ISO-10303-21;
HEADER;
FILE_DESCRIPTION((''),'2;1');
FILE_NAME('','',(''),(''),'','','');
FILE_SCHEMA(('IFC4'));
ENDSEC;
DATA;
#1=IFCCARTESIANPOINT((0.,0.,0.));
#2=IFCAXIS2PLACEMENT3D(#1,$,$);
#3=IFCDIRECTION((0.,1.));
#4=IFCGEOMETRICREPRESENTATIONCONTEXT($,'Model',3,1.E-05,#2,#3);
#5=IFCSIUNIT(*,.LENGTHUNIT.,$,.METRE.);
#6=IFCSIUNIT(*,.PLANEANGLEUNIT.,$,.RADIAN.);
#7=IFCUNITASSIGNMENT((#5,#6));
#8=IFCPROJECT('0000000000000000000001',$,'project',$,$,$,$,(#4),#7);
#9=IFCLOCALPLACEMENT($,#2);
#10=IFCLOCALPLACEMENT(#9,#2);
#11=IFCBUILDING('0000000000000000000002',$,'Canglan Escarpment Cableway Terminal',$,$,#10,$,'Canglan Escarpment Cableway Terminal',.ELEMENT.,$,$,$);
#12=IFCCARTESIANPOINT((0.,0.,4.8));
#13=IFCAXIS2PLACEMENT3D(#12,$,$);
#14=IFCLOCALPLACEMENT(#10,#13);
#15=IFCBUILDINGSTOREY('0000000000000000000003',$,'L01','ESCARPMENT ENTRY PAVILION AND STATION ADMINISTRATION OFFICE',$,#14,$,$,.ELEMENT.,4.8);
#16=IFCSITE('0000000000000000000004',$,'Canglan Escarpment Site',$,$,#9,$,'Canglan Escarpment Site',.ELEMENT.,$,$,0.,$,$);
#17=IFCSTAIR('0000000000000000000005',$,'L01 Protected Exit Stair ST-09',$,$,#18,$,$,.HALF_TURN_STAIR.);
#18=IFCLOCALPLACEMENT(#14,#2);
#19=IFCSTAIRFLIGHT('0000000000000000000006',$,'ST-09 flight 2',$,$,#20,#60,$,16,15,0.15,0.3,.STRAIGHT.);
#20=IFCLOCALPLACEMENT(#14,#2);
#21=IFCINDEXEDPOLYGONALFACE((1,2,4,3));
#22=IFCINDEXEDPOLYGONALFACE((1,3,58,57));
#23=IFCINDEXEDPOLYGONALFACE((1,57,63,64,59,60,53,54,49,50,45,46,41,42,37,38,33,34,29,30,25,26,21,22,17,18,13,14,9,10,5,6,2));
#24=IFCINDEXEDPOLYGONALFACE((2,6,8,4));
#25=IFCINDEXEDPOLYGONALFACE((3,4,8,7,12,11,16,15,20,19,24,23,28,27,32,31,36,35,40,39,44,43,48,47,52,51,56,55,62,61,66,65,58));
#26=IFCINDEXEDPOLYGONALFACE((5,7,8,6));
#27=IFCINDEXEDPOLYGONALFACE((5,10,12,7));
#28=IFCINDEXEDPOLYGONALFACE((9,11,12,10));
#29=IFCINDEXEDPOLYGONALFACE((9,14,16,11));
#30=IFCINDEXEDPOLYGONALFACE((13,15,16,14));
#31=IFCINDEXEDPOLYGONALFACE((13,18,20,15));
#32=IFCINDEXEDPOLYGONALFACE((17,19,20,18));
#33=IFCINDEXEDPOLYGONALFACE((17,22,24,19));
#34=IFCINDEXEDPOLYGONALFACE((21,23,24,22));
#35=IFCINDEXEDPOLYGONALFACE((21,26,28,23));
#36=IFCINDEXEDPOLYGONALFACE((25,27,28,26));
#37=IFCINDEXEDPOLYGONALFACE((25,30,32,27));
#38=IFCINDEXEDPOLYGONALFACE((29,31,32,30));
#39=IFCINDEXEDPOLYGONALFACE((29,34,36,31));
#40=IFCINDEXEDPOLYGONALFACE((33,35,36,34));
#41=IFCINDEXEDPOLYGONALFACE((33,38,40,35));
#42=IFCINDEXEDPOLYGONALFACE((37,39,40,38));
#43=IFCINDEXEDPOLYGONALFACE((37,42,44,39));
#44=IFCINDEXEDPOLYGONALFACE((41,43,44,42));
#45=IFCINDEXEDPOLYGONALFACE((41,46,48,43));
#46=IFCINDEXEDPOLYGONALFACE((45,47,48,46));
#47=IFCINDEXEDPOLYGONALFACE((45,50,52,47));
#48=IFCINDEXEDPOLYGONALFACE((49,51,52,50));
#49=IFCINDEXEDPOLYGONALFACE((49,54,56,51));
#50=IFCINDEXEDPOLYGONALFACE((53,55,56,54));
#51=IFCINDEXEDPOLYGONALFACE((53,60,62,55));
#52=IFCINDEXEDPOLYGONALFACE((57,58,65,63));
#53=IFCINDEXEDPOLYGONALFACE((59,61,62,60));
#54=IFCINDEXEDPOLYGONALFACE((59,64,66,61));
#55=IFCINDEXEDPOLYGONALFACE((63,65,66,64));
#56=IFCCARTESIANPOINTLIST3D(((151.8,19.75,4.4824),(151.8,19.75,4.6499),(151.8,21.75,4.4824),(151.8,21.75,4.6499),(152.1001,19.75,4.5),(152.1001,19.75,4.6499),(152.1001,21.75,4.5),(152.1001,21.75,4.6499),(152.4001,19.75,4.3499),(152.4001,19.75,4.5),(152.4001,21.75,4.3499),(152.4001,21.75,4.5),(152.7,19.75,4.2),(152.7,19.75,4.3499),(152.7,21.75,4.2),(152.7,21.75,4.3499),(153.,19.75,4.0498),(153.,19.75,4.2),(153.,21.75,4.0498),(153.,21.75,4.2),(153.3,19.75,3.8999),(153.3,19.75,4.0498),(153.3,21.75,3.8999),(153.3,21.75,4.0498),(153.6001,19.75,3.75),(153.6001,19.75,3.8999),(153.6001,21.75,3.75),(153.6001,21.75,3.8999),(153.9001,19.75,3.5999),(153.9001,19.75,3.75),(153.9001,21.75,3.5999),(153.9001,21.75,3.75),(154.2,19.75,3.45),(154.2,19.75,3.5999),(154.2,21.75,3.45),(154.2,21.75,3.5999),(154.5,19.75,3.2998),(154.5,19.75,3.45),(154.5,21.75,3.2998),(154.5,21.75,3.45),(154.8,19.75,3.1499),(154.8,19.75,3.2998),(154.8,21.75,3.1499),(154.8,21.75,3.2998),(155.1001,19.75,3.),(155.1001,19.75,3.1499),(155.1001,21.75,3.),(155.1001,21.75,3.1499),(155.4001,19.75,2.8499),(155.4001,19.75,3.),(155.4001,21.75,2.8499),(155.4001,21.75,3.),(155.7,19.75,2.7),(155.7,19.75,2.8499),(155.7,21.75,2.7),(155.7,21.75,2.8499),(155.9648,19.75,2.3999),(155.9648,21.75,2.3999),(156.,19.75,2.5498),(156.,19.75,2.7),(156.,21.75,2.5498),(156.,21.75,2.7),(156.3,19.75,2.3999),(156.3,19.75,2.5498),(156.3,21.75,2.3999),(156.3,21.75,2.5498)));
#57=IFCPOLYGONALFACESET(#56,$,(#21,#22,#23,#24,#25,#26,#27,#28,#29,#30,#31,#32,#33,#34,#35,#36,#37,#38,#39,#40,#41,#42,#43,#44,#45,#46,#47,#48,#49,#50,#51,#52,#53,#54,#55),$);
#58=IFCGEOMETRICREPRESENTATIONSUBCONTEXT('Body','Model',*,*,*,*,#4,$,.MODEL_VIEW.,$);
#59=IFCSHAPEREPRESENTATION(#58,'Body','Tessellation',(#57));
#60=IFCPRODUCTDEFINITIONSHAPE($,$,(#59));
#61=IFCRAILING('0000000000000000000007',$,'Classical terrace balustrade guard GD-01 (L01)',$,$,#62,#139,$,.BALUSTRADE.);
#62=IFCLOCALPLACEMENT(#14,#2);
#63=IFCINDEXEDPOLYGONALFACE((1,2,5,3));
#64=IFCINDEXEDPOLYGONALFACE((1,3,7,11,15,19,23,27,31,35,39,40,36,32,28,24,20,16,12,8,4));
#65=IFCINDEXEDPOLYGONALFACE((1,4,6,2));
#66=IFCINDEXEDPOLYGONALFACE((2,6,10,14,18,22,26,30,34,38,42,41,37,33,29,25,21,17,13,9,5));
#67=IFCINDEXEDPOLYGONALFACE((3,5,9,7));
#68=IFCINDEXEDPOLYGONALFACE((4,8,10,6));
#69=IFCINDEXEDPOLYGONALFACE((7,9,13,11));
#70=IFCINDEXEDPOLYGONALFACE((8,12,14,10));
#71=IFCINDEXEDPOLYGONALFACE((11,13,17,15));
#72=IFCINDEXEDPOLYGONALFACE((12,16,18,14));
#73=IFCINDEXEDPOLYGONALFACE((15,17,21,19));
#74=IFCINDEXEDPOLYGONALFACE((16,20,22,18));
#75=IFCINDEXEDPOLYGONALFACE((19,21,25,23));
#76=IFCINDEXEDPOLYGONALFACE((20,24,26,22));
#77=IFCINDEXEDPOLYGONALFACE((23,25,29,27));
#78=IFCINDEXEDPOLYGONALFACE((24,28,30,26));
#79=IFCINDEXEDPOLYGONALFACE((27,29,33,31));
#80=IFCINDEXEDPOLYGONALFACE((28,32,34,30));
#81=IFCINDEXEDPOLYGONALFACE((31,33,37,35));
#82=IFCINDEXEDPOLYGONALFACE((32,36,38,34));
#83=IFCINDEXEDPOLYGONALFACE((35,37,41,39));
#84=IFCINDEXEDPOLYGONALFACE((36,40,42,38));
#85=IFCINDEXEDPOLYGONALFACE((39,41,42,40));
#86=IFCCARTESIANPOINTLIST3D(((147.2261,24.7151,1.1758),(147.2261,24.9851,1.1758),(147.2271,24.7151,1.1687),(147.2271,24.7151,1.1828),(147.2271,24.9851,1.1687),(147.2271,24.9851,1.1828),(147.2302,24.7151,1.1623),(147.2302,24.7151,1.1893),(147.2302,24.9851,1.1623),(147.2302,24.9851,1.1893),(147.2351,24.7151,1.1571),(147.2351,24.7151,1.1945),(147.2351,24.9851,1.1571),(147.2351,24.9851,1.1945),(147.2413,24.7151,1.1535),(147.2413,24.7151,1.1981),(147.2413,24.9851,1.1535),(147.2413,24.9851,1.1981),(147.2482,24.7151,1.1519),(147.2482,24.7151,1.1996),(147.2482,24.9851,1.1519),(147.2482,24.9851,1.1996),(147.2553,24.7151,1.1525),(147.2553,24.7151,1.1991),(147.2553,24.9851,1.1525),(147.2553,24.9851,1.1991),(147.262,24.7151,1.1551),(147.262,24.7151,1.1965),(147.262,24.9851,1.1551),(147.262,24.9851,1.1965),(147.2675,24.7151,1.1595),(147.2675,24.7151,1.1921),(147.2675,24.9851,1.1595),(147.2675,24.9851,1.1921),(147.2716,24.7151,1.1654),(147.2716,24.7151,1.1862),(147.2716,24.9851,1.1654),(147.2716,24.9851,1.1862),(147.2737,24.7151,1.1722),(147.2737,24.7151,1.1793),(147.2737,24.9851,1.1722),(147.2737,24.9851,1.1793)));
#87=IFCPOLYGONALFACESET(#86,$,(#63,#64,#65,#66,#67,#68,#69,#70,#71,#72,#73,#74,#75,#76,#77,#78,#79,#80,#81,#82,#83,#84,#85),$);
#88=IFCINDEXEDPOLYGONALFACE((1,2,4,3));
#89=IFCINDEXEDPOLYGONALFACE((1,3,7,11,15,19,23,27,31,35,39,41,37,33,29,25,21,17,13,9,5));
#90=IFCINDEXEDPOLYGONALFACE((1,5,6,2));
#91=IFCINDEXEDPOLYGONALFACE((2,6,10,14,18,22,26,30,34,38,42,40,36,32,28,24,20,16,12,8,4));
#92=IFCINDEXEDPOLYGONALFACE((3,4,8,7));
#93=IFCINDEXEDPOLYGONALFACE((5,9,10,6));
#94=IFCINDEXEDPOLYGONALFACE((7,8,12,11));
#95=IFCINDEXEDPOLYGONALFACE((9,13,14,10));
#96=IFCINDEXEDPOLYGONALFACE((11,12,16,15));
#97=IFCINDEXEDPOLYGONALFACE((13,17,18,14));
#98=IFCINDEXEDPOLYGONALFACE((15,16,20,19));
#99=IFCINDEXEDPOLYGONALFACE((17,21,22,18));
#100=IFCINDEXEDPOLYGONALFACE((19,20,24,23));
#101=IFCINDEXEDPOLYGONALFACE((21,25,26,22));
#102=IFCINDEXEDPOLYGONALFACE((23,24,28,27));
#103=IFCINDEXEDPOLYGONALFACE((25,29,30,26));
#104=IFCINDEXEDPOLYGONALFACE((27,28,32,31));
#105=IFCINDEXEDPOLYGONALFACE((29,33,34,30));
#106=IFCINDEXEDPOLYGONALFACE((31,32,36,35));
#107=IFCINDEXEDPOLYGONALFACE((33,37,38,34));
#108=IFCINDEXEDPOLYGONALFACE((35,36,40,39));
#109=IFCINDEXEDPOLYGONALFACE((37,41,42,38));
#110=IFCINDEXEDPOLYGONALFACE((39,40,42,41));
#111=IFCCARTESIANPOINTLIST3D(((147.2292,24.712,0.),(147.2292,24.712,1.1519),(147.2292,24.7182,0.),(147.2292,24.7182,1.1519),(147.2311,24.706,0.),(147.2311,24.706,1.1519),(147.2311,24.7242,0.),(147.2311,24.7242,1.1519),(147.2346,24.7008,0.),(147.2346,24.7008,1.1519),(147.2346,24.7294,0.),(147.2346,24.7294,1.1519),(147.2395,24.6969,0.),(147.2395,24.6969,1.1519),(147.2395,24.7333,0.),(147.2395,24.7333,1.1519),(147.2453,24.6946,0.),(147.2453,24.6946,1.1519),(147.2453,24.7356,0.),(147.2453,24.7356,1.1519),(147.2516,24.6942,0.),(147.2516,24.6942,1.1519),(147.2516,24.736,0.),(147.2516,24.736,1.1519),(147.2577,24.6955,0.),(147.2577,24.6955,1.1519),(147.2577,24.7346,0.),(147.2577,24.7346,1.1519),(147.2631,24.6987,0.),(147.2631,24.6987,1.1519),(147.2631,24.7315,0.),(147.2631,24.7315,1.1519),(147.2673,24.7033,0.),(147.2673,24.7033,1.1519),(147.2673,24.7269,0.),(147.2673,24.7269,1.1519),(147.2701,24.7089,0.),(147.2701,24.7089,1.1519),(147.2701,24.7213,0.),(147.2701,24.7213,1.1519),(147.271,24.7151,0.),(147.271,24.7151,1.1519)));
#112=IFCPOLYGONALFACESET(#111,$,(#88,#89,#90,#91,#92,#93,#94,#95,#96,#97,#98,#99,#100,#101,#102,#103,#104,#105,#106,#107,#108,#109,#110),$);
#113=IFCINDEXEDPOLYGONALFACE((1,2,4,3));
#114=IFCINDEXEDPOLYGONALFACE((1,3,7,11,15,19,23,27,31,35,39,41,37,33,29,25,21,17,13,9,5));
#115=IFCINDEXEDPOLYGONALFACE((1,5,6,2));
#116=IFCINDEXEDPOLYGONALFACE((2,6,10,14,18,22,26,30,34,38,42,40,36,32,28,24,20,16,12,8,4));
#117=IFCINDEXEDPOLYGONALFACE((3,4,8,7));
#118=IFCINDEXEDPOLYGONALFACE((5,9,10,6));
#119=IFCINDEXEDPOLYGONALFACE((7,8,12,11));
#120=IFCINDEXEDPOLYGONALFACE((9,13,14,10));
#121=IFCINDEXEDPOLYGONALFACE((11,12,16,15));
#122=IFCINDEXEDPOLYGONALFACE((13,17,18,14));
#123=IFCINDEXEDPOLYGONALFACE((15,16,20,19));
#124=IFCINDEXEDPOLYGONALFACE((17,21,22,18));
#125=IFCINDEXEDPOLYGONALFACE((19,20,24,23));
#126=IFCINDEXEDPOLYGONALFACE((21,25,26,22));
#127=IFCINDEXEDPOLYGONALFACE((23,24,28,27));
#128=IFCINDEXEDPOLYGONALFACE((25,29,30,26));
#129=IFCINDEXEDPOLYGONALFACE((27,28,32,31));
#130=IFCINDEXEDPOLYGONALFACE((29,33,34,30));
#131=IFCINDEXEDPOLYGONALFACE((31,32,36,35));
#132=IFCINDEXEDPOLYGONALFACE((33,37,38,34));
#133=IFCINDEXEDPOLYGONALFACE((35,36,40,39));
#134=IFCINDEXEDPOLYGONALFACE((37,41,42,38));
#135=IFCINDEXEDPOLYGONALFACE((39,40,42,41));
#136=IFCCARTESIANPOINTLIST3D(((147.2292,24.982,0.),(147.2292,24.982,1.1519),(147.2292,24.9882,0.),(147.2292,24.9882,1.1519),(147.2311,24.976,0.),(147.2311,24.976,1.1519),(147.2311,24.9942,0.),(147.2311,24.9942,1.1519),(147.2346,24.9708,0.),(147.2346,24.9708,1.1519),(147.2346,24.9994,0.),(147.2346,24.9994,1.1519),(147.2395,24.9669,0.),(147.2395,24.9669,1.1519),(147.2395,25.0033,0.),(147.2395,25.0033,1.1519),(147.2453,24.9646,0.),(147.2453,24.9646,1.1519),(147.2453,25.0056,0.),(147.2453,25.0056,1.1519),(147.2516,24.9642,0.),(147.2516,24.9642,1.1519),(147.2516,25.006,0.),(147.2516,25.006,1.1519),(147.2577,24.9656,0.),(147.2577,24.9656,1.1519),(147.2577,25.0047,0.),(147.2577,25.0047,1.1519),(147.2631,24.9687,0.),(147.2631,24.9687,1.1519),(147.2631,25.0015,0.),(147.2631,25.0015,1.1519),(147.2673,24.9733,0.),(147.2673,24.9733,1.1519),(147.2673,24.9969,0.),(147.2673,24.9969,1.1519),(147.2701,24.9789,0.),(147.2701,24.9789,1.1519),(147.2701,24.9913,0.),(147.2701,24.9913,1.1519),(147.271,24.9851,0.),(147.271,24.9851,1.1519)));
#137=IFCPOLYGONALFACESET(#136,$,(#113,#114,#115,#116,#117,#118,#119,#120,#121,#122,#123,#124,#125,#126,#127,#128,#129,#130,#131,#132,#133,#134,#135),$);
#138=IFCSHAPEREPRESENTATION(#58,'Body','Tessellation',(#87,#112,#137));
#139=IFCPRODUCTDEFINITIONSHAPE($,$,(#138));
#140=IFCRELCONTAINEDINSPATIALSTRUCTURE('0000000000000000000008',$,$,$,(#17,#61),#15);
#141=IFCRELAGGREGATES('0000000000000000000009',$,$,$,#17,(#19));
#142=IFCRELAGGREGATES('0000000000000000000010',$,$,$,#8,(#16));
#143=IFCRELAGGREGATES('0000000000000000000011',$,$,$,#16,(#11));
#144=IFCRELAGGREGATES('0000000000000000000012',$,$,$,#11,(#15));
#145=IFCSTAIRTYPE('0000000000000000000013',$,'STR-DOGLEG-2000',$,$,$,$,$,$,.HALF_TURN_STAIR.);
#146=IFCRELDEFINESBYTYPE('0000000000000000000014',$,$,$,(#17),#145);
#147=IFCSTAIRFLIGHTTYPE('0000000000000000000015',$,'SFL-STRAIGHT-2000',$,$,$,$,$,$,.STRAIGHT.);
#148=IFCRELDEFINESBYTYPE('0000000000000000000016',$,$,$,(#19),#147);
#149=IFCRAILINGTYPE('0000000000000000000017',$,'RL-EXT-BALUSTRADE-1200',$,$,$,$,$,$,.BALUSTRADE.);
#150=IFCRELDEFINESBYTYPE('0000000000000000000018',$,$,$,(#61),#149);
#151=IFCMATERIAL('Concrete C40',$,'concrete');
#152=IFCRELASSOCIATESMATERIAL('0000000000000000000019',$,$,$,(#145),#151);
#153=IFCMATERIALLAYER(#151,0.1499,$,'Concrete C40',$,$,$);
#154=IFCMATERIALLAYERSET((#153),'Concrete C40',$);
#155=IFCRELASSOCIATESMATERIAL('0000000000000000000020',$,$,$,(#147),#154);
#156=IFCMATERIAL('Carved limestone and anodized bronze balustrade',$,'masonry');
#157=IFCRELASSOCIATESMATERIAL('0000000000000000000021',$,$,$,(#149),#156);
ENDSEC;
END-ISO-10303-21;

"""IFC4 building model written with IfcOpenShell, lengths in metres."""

from ifc_helpers import new_model, si_unit, direction, frame, origin, origin_2d, place, context, subcontext, project, spatial, polyline, circle, outline, extrude, material, layer, layer_set, type_object, element, aggregate, save


model = new_model("IFC4")

# Units and contexts
model_context = context("Model", 3, precision=1e-05, world=origin(), true_north=direction((0.0, 1.0)))
body_context = subcontext(model_context, "Body", "Model", "MODEL_VIEW")
ifc_project = project(units=[si_unit("LENGTHUNIT", "METRE"), si_unit("PLANEANGLEUNIT", "RADIAN")], contexts=[model_context])

# Site, building, storey
site_placement = place(None, origin())
site = spatial("IfcSite", under=ifc_project, at=site_placement, Name="Canglan Escarpment Site", LongName="Canglan Escarpment Site", CompositionType="ELEMENT", RefElevation=0.0)
building_placement = place(site_placement, origin())
building = spatial("IfcBuilding", under=site, at=building_placement, Name="Canglan Escarpment Cableway Terminal", LongName="Canglan Escarpment Cableway Terminal", CompositionType="ELEMENT")
storey_placement = place(building_placement, frame((0.0, 0.0, 4.8)))
storey = spatial("IfcBuildingStorey", under=building, at=storey_placement, Name="L01", Description="ESCARPMENT ENTRY PAVILION AND STATION ADMINISTRATION OFFICE", CompositionType="ELEMENT", Elevation=4.8)

# Shared definitions
ifc_material_1 = material(Name="Concrete C40", Category="concrete")

# Stair, stair flight
stair_type = type_object("IfcStairType", Name="STR-DOGLEG-2000", PredefinedType="HALF_TURN_STAIR", material=ifc_material_1)
stair_placement = place(storey_placement, origin())
stair = element("IfcStair", 1, at=stair_placement, inside=storey, type_object=stair_type, Name="L01 Protected Exit Stair ST-09", PredefinedType="HALF_TURN_STAIR")
ifc_layer_1 = layer(ifc_material_1, 0.1499, Name="Concrete C40")
ifc_layer_set_1 = layer_set([ifc_layer_1], Name="Concrete C40")
stair_flight_type = type_object("IfcStairFlightType", Name="SFL-STRAIGHT-2000", PredefinedType="STRAIGHT", material=ifc_layer_set_1)
stair_flight_1_placement = place(storey_placement, frame((156.3, 20.75, 2.3999), z_axis=(0.0, 0.0, 1.0), x_axis=(-1.0, 0.0, 0.0)))
stair_flight_1 = element("IfcStairFlight", 2, at=stair_flight_1_placement, type_object=stair_flight_type, Name="ST-09 flight 2", NumberOfRisers=16, NumberOfTreads=15, PredefinedType="STRAIGHT", RiserHeight=0.15, TreadLength=0.3, context=body_context, shape_type="SweptSolid", body=[
    extrude(outline(polyline([(0.0, 0.0), (0.0, 0.1499), (0.3, 0.1499), (0.3, 0.3), (0.6001, 0.3), (0.6001, 0.45), (0.8999, 0.45), (0.8999, 0.6001), (1.2, 0.6001), (1.2, 0.75), (1.5, 0.75), (1.5, 0.8999), (1.8, 0.8999), (1.8, 1.05), (2.1001, 1.05), (2.1001, 1.2), (2.3999, 1.2), (2.3999, 1.3501), (2.7, 1.3501), (2.7, 1.5), (3.0, 1.5), (3.0, 1.6499), (3.3, 1.6499), (3.3, 1.8), (3.6001, 1.8), (3.6001, 1.95), (3.8999, 1.95), (3.8999, 2.1001), (4.2, 2.1001), (4.2, 2.25), (4.5, 2.25), (4.5, 2.3999), (4.5, 2.0825), (0.3352, 0.0), (0.0, 0.0)])), frame((0.0, 1.0, 0.0), z_axis=(0.0, -1.0, 0.0), x_axis=(1.0, 0.0, 0.0)), (0.0, 0.0, 1.0), 2.0),
])
aggregate(stair, [stair_flight_1])

# Railing
ifc_material_2 = material(Name="Carved limestone and anodized bronze balustrade", Category="masonry")
railing_type_1 = type_object("IfcRailingType", Name="RL-EXT-BALUSTRADE-1200", PredefinedType="BALUSTRADE", material=ifc_material_2)
railing_1_placement = place(storey_placement, frame((147.25, 24.7151, 0.0)))
element("IfcRailing", 3, at=railing_1_placement, inside=storey, type_object=railing_type_1, Name="Classical terrace balustrade guard GD-01 (L01)", PredefinedType="BALUSTRADE", context=body_context, shape_type="SweptSolid", body=[
    extrude(circle(Radius=0.0239, at=origin_2d()), frame((0.0, 0.0, 1.1758), z_axis=(0.0, 1.0, 0.0), x_axis=(-1.0, 0.0, 0.0)), (0.0, 0.0, 1.0), 0.27),
    extrude(circle(Radius=0.021, at=origin_2d()), origin(), (0.0, 0.0, 1.0), 1.1519),
    extrude(circle(Radius=0.021, at=origin_2d()), frame((0.0, 0.27, 0.0)), (0.0, 0.0, 1.0), 1.1519),
])

save(model, "model.ifc")
